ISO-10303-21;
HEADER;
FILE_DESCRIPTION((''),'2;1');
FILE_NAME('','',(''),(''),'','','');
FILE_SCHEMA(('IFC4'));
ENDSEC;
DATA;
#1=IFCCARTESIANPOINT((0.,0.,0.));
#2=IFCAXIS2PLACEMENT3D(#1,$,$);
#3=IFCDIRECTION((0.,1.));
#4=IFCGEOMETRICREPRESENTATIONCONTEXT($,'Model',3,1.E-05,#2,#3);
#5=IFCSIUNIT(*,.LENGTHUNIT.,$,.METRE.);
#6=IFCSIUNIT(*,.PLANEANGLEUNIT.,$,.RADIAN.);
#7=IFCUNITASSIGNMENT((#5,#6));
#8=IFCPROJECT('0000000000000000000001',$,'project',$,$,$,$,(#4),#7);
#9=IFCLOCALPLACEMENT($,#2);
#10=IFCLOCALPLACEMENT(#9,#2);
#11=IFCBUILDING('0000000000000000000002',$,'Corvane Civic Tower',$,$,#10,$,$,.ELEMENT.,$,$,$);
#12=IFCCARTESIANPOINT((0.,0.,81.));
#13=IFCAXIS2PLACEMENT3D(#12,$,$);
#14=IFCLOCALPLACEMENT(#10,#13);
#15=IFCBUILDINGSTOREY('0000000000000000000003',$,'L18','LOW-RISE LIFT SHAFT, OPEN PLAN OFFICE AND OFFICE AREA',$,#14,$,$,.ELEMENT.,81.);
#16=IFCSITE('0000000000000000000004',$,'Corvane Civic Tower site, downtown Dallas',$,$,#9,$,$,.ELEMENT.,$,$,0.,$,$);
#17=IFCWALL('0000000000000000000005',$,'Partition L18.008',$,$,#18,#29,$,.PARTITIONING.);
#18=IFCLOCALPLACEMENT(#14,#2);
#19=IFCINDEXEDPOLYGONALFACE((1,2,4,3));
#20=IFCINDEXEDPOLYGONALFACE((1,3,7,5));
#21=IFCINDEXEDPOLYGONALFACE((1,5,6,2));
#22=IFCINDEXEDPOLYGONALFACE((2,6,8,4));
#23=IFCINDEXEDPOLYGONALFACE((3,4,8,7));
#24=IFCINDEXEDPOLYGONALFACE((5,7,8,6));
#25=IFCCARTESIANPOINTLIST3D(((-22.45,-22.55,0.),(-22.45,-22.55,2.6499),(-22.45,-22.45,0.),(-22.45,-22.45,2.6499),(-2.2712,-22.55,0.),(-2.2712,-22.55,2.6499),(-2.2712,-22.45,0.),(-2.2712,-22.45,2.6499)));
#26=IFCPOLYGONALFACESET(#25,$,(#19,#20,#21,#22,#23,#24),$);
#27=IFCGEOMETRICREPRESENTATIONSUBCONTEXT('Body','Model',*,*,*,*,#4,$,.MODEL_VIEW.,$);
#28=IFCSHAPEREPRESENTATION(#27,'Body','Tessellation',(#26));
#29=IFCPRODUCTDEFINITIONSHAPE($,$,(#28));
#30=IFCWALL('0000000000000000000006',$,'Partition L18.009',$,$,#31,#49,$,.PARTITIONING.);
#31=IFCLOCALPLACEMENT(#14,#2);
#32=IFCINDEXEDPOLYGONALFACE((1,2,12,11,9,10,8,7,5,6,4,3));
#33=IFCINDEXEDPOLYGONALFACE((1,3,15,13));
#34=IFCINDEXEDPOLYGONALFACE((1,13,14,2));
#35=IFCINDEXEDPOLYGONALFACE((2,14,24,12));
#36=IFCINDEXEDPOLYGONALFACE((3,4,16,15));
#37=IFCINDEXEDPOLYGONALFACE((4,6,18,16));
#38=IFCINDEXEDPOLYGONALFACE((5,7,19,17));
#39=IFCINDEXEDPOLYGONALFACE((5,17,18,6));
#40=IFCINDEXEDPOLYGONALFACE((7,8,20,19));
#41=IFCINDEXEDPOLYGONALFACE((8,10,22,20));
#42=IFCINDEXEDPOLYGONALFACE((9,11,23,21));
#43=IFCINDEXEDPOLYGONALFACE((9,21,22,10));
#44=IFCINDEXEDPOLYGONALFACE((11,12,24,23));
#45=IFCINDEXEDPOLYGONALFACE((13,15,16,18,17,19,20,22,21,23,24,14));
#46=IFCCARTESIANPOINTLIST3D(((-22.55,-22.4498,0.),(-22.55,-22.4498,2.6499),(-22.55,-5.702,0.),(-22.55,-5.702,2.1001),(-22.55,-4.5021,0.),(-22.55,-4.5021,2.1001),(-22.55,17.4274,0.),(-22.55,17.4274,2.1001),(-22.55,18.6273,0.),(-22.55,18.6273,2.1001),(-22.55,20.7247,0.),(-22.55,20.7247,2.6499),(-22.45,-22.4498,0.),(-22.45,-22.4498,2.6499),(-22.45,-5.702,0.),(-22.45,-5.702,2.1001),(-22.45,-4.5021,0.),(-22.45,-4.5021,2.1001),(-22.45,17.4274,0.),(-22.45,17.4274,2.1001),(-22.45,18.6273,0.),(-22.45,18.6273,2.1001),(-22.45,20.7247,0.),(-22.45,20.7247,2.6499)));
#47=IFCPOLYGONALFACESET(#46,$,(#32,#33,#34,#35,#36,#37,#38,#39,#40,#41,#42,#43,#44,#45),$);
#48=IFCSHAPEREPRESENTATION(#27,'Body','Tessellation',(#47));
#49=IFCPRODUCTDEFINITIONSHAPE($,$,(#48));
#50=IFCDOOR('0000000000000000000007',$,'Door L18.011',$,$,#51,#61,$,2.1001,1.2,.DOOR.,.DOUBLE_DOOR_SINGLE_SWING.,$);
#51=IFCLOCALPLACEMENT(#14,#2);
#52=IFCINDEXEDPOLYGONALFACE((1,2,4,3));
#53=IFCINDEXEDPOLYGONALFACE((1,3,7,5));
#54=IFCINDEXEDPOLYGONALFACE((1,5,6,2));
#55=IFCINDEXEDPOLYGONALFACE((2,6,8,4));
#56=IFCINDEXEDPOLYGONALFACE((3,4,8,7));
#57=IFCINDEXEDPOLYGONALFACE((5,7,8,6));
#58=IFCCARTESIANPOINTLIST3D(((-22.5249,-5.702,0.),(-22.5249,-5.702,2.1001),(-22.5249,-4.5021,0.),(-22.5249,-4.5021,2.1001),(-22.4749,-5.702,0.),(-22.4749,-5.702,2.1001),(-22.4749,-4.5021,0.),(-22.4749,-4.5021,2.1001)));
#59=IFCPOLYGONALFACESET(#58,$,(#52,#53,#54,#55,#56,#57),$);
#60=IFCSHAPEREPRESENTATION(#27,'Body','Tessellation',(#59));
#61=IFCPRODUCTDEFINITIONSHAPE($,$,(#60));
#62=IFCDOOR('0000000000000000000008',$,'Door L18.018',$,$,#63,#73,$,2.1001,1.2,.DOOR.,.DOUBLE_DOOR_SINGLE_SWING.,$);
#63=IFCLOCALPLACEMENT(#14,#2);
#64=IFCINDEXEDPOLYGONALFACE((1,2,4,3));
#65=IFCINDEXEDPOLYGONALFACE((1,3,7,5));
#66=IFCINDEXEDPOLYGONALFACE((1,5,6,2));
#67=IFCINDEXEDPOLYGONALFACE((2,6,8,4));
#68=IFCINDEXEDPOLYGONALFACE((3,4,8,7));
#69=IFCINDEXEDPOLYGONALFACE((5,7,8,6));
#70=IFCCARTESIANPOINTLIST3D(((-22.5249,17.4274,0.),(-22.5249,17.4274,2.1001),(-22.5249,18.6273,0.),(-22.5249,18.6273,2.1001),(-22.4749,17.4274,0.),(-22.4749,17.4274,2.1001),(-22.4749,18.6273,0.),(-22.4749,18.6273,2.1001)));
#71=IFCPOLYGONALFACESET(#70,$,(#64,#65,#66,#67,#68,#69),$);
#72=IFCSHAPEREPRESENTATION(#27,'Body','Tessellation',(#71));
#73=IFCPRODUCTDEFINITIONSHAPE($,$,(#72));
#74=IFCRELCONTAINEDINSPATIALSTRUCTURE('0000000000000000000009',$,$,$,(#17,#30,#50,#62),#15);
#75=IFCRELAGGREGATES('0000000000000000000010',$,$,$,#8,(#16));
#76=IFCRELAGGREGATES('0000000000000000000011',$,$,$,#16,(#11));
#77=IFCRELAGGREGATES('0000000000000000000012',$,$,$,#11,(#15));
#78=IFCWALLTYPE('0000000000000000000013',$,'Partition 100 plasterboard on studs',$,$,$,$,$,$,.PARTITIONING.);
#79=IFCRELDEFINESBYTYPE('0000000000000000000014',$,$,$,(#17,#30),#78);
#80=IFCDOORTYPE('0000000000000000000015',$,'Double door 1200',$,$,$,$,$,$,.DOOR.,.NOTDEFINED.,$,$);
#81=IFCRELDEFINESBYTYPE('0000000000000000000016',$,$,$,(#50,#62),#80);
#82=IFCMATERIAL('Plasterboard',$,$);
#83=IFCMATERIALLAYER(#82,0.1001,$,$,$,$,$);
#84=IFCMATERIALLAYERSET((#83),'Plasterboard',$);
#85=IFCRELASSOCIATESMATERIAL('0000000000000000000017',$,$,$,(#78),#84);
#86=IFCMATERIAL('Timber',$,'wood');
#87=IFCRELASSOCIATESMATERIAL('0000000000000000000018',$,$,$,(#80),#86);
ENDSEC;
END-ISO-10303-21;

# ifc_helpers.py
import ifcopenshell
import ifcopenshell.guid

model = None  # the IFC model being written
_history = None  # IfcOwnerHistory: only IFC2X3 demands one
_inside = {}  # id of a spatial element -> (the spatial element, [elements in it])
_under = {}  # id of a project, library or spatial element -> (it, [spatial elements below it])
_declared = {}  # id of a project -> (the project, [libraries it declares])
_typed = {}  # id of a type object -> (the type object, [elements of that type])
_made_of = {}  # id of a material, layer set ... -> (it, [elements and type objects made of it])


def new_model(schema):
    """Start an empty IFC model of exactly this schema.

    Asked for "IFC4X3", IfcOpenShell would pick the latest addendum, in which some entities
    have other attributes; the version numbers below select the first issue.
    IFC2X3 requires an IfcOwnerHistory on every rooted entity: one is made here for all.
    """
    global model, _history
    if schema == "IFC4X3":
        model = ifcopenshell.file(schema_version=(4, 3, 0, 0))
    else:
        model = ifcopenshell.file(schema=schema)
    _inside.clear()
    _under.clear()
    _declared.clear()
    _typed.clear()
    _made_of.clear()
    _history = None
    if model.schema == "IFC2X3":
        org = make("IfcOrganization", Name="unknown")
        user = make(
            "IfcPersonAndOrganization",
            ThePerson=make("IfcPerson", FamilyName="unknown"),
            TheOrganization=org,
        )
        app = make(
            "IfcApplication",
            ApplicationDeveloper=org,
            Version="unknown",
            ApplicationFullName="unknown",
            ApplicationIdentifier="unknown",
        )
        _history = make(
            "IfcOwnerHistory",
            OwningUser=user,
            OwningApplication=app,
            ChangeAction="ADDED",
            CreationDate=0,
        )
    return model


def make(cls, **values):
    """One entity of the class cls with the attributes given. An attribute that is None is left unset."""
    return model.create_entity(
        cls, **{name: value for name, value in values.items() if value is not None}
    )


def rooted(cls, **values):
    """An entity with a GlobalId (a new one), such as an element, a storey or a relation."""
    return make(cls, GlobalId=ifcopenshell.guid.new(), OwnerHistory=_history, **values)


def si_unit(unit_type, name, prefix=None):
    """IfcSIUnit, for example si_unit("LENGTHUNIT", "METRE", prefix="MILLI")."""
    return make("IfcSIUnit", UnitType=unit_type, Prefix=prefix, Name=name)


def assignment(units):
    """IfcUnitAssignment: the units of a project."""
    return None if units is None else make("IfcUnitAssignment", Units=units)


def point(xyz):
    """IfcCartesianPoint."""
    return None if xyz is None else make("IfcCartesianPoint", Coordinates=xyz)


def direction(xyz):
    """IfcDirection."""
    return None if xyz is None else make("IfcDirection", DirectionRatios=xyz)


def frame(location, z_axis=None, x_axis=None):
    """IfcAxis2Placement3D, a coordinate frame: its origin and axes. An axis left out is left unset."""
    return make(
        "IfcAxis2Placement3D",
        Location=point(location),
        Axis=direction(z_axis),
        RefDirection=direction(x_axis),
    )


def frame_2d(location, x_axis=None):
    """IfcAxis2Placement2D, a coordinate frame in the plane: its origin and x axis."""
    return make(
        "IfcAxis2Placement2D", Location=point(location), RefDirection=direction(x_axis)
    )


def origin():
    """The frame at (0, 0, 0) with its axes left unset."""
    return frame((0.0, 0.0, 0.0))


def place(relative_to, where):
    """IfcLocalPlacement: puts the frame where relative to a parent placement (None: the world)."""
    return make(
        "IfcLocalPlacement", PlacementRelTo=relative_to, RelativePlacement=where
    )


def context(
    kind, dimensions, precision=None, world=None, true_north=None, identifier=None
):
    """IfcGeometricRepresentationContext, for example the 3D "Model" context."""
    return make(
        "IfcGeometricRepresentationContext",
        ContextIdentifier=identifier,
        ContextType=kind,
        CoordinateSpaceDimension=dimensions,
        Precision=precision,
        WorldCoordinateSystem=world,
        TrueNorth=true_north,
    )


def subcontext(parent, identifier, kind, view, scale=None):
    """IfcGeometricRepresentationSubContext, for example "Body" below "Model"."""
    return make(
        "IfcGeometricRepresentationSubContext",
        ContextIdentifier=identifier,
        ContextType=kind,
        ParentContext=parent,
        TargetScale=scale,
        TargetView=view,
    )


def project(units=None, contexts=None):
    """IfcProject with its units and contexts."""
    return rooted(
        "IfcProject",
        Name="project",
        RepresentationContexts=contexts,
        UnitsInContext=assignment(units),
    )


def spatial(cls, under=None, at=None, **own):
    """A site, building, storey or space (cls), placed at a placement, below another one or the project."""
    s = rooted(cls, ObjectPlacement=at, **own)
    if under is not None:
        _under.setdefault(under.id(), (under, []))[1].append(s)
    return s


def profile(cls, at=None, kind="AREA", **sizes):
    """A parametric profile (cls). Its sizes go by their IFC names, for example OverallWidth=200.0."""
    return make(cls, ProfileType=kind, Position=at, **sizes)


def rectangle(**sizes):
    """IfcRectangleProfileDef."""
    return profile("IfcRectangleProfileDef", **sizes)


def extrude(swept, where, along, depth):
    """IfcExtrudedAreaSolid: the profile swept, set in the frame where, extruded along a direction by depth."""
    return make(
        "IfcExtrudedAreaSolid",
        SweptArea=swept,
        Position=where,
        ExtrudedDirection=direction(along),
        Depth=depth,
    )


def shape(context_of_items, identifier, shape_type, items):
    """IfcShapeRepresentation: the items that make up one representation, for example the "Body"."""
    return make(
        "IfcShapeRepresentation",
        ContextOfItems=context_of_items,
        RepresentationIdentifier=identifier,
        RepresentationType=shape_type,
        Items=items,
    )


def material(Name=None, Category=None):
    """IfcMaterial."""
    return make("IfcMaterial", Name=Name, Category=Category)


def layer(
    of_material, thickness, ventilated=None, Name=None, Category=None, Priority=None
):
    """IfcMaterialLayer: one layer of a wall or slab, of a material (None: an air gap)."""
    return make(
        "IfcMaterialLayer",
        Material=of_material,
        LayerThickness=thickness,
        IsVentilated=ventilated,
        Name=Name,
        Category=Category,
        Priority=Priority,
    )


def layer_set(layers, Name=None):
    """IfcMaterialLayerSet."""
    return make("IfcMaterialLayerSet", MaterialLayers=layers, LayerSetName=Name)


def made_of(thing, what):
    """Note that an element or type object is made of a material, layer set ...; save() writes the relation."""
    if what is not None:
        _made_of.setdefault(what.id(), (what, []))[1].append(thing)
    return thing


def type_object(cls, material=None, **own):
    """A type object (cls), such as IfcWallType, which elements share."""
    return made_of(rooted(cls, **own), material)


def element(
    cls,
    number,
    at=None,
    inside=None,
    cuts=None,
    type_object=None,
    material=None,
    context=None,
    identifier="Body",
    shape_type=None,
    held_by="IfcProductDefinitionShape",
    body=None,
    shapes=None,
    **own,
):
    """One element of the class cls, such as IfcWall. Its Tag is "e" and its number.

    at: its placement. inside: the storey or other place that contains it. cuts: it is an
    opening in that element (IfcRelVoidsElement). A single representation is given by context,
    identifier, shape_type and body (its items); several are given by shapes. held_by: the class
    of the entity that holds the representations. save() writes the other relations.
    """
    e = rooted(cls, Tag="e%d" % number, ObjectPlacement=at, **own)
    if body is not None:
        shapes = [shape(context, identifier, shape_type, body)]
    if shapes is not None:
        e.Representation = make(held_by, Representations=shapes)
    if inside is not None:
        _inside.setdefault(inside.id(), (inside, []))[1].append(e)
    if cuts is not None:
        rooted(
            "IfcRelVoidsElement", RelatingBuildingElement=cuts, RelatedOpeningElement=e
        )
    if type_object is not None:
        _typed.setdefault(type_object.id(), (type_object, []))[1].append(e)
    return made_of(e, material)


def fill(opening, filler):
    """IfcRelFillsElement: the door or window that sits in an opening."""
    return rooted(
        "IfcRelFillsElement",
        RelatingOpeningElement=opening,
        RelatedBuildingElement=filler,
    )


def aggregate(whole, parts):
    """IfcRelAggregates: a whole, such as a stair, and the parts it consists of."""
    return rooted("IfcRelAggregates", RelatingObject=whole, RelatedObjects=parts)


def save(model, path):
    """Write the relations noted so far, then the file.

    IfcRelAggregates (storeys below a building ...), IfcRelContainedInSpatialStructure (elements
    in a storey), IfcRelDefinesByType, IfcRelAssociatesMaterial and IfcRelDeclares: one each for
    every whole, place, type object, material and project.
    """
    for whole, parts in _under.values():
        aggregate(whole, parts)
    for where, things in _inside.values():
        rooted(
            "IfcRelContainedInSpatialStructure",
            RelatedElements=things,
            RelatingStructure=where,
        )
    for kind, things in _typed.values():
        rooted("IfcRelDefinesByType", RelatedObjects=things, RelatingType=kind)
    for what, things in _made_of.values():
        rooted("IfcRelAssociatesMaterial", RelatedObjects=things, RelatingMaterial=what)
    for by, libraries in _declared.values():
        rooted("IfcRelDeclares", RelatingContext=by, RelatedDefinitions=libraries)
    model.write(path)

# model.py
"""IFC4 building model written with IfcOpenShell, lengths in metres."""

from ifc_helpers import new_model, si_unit, direction, frame, frame_2d, origin, place, context, subcontext, project, spatial, rectangle, extrude, material, layer, layer_set, type_object, element, fill, save


model = new_model("IFC4")

# Units and contexts
model_context = context("Model", 3, precision=1e-05, world=origin(), true_north=direction((0.0, 1.0)))
body_context = subcontext(model_context, "Body", "Model", "MODEL_VIEW")
ifc_project = project(units=[si_unit("LENGTHUNIT", "METRE"), si_unit("PLANEANGLEUNIT", "RADIAN")], contexts=[model_context])

# Site, building, storey
site_placement = place(None, origin())
site = spatial("IfcSite", under=ifc_project, at=site_placement, Name="Corvane Civic Tower site, downtown Dallas", CompositionType="ELEMENT", RefElevation=0.0)
building_placement = place(site_placement, origin())
building = spatial("IfcBuilding", under=site, at=building_placement, Name="Corvane Civic Tower", CompositionType="ELEMENT")
storey_placement = place(building_placement, frame((0.0, 0.0, 81.0)))
storey = spatial("IfcBuildingStorey", under=building, at=storey_placement, Name="L18", Description="LOW-RISE LIFT SHAFT, OPEN PLAN OFFICE AND OFFICE AREA", CompositionType="ELEMENT", Elevation=81.0)

# Shared definitions
ifc_material_1 = material(Name="Plasterboard")
ifc_layer_1 = layer(ifc_material_1, 0.1001)
ifc_layer_set_1 = layer_set([ifc_layer_1], Name="Plasterboard")
wall_type = type_object("IfcWallType", Name="Partition 100 plasterboard on studs", PredefinedType="PARTITIONING", material=ifc_layer_set_1)

# Wall
wall_1_placement = place(storey_placement, frame((-22.45, -22.5, 0.0), z_axis=(0.0, 0.0, 1.0), x_axis=(1.0, 0.0, 0.0)))
element("IfcWall", 1, at=wall_1_placement, inside=storey, type_object=wall_type, Name="Partition L18.008", PredefinedType="PARTITIONING", context=body_context, shape_type="SweptSolid", body=[
    extrude(rectangle(XDim=20.1787, YDim=0.1001, at=frame_2d((10.0894, 0.0))), origin(), (0.0, 0.0, 1.0), 2.6499),
])

# Wall, openings, doors
wall_2_placement = place(storey_placement, frame((-22.5, -22.45, 0.0), z_axis=(0.0, 0.0, 1.0), x_axis=(0.0, 1.0, 0.0)))
wall_2 = element("IfcWall", 2, at=wall_2_placement, inside=storey, type_object=wall_type, Name="Partition L18.009", PredefinedType="PARTITIONING", context=body_context, shape_type="SweptSolid", body=[
    extrude(rectangle(XDim=43.1746, YDim=0.1001, at=frame_2d((21.5874, 0.0))), origin(), (0.0, 0.0, 1.0), 2.6499),
])
opening_1_placement = place(wall_2_placement, frame((16.7478, 0.0, 0.0)))
opening_1 = element("IfcOpeningElement", 3, at=opening_1_placement, cuts=wall_2, PredefinedType="OPENING", context=body_context, shape_type="SweptSolid", body=[
    extrude(rectangle(XDim=1.2, YDim=2.1001, at=frame_2d((0.6001, 1.05))), frame((0.0, 0.0601, 0.0), z_axis=(0.0, -1.0, 0.0), x_axis=(1.0, 0.0, 0.0)), (0.0, 0.0, 1.0), 0.1201),
])
opening_2_placement = place(wall_2_placement, frame((39.8772, 0.0, 0.0)))
opening_2 = element("IfcOpeningElement", 4, at=opening_2_placement, cuts=wall_2, PredefinedType="OPENING", context=body_context, shape_type="SweptSolid", body=[
    extrude(rectangle(XDim=1.2, YDim=2.1001, at=frame_2d((0.6001, 1.05))), frame((0.0, 0.0601, 0.0), z_axis=(0.0, -1.0, 0.0), x_axis=(1.0, 0.0, 0.0)), (0.0, 0.0, 1.0), 0.1201),
])
ifc_material_2 = material(Name="Timber", Category="wood")
door_type_1 = type_object("IfcDoorType", Name="Double door 1200", OperationType="NOTDEFINED", PredefinedType="DOOR", material=ifc_material_2)
door_1_placement = place(opening_1_placement, origin())
door_1 = element("IfcDoor", 5, at=door_1_placement, inside=storey, type_object=door_type_1, Name="Door L18.011", OperationType="DOUBLE_DOOR_SINGLE_SWING", OverallHeight=2.1001, OverallWidth=1.2, PredefinedType="DOOR", context=body_context, shape_type="SweptSolid", body=[
    extrude(rectangle(XDim=1.2, YDim=2.1001, at=frame_2d((0.6001, 1.05))), frame((0.0, 0.0249, 0.0), z_axis=(0.0, -1.0, 0.0), x_axis=(1.0, 0.0, 0.0)), (0.0, 0.0, 1.0), 0.05),
])
fill(opening_1, door_1)
door_2_placement = place(opening_2_placement, origin())
door_2 = element("IfcDoor", 6, at=door_2_placement, inside=storey, type_object=door_type_1, Name="Door L18.018", OperationType="DOUBLE_DOOR_SINGLE_SWING", OverallHeight=2.1001, OverallWidth=1.2, PredefinedType="DOOR", context=body_context, shape_type="SweptSolid", body=[
    extrude(rectangle(XDim=1.2, YDim=2.1001, at=frame_2d((0.6001, 1.05))), frame((0.0, 0.0249, 0.0), z_axis=(0.0, -1.0, 0.0), x_axis=(1.0, 0.0, 0.0)), (0.0, 0.0, 1.0), 0.05),
])
fill(opening_2, door_2)

save(model, "model.ifc")
